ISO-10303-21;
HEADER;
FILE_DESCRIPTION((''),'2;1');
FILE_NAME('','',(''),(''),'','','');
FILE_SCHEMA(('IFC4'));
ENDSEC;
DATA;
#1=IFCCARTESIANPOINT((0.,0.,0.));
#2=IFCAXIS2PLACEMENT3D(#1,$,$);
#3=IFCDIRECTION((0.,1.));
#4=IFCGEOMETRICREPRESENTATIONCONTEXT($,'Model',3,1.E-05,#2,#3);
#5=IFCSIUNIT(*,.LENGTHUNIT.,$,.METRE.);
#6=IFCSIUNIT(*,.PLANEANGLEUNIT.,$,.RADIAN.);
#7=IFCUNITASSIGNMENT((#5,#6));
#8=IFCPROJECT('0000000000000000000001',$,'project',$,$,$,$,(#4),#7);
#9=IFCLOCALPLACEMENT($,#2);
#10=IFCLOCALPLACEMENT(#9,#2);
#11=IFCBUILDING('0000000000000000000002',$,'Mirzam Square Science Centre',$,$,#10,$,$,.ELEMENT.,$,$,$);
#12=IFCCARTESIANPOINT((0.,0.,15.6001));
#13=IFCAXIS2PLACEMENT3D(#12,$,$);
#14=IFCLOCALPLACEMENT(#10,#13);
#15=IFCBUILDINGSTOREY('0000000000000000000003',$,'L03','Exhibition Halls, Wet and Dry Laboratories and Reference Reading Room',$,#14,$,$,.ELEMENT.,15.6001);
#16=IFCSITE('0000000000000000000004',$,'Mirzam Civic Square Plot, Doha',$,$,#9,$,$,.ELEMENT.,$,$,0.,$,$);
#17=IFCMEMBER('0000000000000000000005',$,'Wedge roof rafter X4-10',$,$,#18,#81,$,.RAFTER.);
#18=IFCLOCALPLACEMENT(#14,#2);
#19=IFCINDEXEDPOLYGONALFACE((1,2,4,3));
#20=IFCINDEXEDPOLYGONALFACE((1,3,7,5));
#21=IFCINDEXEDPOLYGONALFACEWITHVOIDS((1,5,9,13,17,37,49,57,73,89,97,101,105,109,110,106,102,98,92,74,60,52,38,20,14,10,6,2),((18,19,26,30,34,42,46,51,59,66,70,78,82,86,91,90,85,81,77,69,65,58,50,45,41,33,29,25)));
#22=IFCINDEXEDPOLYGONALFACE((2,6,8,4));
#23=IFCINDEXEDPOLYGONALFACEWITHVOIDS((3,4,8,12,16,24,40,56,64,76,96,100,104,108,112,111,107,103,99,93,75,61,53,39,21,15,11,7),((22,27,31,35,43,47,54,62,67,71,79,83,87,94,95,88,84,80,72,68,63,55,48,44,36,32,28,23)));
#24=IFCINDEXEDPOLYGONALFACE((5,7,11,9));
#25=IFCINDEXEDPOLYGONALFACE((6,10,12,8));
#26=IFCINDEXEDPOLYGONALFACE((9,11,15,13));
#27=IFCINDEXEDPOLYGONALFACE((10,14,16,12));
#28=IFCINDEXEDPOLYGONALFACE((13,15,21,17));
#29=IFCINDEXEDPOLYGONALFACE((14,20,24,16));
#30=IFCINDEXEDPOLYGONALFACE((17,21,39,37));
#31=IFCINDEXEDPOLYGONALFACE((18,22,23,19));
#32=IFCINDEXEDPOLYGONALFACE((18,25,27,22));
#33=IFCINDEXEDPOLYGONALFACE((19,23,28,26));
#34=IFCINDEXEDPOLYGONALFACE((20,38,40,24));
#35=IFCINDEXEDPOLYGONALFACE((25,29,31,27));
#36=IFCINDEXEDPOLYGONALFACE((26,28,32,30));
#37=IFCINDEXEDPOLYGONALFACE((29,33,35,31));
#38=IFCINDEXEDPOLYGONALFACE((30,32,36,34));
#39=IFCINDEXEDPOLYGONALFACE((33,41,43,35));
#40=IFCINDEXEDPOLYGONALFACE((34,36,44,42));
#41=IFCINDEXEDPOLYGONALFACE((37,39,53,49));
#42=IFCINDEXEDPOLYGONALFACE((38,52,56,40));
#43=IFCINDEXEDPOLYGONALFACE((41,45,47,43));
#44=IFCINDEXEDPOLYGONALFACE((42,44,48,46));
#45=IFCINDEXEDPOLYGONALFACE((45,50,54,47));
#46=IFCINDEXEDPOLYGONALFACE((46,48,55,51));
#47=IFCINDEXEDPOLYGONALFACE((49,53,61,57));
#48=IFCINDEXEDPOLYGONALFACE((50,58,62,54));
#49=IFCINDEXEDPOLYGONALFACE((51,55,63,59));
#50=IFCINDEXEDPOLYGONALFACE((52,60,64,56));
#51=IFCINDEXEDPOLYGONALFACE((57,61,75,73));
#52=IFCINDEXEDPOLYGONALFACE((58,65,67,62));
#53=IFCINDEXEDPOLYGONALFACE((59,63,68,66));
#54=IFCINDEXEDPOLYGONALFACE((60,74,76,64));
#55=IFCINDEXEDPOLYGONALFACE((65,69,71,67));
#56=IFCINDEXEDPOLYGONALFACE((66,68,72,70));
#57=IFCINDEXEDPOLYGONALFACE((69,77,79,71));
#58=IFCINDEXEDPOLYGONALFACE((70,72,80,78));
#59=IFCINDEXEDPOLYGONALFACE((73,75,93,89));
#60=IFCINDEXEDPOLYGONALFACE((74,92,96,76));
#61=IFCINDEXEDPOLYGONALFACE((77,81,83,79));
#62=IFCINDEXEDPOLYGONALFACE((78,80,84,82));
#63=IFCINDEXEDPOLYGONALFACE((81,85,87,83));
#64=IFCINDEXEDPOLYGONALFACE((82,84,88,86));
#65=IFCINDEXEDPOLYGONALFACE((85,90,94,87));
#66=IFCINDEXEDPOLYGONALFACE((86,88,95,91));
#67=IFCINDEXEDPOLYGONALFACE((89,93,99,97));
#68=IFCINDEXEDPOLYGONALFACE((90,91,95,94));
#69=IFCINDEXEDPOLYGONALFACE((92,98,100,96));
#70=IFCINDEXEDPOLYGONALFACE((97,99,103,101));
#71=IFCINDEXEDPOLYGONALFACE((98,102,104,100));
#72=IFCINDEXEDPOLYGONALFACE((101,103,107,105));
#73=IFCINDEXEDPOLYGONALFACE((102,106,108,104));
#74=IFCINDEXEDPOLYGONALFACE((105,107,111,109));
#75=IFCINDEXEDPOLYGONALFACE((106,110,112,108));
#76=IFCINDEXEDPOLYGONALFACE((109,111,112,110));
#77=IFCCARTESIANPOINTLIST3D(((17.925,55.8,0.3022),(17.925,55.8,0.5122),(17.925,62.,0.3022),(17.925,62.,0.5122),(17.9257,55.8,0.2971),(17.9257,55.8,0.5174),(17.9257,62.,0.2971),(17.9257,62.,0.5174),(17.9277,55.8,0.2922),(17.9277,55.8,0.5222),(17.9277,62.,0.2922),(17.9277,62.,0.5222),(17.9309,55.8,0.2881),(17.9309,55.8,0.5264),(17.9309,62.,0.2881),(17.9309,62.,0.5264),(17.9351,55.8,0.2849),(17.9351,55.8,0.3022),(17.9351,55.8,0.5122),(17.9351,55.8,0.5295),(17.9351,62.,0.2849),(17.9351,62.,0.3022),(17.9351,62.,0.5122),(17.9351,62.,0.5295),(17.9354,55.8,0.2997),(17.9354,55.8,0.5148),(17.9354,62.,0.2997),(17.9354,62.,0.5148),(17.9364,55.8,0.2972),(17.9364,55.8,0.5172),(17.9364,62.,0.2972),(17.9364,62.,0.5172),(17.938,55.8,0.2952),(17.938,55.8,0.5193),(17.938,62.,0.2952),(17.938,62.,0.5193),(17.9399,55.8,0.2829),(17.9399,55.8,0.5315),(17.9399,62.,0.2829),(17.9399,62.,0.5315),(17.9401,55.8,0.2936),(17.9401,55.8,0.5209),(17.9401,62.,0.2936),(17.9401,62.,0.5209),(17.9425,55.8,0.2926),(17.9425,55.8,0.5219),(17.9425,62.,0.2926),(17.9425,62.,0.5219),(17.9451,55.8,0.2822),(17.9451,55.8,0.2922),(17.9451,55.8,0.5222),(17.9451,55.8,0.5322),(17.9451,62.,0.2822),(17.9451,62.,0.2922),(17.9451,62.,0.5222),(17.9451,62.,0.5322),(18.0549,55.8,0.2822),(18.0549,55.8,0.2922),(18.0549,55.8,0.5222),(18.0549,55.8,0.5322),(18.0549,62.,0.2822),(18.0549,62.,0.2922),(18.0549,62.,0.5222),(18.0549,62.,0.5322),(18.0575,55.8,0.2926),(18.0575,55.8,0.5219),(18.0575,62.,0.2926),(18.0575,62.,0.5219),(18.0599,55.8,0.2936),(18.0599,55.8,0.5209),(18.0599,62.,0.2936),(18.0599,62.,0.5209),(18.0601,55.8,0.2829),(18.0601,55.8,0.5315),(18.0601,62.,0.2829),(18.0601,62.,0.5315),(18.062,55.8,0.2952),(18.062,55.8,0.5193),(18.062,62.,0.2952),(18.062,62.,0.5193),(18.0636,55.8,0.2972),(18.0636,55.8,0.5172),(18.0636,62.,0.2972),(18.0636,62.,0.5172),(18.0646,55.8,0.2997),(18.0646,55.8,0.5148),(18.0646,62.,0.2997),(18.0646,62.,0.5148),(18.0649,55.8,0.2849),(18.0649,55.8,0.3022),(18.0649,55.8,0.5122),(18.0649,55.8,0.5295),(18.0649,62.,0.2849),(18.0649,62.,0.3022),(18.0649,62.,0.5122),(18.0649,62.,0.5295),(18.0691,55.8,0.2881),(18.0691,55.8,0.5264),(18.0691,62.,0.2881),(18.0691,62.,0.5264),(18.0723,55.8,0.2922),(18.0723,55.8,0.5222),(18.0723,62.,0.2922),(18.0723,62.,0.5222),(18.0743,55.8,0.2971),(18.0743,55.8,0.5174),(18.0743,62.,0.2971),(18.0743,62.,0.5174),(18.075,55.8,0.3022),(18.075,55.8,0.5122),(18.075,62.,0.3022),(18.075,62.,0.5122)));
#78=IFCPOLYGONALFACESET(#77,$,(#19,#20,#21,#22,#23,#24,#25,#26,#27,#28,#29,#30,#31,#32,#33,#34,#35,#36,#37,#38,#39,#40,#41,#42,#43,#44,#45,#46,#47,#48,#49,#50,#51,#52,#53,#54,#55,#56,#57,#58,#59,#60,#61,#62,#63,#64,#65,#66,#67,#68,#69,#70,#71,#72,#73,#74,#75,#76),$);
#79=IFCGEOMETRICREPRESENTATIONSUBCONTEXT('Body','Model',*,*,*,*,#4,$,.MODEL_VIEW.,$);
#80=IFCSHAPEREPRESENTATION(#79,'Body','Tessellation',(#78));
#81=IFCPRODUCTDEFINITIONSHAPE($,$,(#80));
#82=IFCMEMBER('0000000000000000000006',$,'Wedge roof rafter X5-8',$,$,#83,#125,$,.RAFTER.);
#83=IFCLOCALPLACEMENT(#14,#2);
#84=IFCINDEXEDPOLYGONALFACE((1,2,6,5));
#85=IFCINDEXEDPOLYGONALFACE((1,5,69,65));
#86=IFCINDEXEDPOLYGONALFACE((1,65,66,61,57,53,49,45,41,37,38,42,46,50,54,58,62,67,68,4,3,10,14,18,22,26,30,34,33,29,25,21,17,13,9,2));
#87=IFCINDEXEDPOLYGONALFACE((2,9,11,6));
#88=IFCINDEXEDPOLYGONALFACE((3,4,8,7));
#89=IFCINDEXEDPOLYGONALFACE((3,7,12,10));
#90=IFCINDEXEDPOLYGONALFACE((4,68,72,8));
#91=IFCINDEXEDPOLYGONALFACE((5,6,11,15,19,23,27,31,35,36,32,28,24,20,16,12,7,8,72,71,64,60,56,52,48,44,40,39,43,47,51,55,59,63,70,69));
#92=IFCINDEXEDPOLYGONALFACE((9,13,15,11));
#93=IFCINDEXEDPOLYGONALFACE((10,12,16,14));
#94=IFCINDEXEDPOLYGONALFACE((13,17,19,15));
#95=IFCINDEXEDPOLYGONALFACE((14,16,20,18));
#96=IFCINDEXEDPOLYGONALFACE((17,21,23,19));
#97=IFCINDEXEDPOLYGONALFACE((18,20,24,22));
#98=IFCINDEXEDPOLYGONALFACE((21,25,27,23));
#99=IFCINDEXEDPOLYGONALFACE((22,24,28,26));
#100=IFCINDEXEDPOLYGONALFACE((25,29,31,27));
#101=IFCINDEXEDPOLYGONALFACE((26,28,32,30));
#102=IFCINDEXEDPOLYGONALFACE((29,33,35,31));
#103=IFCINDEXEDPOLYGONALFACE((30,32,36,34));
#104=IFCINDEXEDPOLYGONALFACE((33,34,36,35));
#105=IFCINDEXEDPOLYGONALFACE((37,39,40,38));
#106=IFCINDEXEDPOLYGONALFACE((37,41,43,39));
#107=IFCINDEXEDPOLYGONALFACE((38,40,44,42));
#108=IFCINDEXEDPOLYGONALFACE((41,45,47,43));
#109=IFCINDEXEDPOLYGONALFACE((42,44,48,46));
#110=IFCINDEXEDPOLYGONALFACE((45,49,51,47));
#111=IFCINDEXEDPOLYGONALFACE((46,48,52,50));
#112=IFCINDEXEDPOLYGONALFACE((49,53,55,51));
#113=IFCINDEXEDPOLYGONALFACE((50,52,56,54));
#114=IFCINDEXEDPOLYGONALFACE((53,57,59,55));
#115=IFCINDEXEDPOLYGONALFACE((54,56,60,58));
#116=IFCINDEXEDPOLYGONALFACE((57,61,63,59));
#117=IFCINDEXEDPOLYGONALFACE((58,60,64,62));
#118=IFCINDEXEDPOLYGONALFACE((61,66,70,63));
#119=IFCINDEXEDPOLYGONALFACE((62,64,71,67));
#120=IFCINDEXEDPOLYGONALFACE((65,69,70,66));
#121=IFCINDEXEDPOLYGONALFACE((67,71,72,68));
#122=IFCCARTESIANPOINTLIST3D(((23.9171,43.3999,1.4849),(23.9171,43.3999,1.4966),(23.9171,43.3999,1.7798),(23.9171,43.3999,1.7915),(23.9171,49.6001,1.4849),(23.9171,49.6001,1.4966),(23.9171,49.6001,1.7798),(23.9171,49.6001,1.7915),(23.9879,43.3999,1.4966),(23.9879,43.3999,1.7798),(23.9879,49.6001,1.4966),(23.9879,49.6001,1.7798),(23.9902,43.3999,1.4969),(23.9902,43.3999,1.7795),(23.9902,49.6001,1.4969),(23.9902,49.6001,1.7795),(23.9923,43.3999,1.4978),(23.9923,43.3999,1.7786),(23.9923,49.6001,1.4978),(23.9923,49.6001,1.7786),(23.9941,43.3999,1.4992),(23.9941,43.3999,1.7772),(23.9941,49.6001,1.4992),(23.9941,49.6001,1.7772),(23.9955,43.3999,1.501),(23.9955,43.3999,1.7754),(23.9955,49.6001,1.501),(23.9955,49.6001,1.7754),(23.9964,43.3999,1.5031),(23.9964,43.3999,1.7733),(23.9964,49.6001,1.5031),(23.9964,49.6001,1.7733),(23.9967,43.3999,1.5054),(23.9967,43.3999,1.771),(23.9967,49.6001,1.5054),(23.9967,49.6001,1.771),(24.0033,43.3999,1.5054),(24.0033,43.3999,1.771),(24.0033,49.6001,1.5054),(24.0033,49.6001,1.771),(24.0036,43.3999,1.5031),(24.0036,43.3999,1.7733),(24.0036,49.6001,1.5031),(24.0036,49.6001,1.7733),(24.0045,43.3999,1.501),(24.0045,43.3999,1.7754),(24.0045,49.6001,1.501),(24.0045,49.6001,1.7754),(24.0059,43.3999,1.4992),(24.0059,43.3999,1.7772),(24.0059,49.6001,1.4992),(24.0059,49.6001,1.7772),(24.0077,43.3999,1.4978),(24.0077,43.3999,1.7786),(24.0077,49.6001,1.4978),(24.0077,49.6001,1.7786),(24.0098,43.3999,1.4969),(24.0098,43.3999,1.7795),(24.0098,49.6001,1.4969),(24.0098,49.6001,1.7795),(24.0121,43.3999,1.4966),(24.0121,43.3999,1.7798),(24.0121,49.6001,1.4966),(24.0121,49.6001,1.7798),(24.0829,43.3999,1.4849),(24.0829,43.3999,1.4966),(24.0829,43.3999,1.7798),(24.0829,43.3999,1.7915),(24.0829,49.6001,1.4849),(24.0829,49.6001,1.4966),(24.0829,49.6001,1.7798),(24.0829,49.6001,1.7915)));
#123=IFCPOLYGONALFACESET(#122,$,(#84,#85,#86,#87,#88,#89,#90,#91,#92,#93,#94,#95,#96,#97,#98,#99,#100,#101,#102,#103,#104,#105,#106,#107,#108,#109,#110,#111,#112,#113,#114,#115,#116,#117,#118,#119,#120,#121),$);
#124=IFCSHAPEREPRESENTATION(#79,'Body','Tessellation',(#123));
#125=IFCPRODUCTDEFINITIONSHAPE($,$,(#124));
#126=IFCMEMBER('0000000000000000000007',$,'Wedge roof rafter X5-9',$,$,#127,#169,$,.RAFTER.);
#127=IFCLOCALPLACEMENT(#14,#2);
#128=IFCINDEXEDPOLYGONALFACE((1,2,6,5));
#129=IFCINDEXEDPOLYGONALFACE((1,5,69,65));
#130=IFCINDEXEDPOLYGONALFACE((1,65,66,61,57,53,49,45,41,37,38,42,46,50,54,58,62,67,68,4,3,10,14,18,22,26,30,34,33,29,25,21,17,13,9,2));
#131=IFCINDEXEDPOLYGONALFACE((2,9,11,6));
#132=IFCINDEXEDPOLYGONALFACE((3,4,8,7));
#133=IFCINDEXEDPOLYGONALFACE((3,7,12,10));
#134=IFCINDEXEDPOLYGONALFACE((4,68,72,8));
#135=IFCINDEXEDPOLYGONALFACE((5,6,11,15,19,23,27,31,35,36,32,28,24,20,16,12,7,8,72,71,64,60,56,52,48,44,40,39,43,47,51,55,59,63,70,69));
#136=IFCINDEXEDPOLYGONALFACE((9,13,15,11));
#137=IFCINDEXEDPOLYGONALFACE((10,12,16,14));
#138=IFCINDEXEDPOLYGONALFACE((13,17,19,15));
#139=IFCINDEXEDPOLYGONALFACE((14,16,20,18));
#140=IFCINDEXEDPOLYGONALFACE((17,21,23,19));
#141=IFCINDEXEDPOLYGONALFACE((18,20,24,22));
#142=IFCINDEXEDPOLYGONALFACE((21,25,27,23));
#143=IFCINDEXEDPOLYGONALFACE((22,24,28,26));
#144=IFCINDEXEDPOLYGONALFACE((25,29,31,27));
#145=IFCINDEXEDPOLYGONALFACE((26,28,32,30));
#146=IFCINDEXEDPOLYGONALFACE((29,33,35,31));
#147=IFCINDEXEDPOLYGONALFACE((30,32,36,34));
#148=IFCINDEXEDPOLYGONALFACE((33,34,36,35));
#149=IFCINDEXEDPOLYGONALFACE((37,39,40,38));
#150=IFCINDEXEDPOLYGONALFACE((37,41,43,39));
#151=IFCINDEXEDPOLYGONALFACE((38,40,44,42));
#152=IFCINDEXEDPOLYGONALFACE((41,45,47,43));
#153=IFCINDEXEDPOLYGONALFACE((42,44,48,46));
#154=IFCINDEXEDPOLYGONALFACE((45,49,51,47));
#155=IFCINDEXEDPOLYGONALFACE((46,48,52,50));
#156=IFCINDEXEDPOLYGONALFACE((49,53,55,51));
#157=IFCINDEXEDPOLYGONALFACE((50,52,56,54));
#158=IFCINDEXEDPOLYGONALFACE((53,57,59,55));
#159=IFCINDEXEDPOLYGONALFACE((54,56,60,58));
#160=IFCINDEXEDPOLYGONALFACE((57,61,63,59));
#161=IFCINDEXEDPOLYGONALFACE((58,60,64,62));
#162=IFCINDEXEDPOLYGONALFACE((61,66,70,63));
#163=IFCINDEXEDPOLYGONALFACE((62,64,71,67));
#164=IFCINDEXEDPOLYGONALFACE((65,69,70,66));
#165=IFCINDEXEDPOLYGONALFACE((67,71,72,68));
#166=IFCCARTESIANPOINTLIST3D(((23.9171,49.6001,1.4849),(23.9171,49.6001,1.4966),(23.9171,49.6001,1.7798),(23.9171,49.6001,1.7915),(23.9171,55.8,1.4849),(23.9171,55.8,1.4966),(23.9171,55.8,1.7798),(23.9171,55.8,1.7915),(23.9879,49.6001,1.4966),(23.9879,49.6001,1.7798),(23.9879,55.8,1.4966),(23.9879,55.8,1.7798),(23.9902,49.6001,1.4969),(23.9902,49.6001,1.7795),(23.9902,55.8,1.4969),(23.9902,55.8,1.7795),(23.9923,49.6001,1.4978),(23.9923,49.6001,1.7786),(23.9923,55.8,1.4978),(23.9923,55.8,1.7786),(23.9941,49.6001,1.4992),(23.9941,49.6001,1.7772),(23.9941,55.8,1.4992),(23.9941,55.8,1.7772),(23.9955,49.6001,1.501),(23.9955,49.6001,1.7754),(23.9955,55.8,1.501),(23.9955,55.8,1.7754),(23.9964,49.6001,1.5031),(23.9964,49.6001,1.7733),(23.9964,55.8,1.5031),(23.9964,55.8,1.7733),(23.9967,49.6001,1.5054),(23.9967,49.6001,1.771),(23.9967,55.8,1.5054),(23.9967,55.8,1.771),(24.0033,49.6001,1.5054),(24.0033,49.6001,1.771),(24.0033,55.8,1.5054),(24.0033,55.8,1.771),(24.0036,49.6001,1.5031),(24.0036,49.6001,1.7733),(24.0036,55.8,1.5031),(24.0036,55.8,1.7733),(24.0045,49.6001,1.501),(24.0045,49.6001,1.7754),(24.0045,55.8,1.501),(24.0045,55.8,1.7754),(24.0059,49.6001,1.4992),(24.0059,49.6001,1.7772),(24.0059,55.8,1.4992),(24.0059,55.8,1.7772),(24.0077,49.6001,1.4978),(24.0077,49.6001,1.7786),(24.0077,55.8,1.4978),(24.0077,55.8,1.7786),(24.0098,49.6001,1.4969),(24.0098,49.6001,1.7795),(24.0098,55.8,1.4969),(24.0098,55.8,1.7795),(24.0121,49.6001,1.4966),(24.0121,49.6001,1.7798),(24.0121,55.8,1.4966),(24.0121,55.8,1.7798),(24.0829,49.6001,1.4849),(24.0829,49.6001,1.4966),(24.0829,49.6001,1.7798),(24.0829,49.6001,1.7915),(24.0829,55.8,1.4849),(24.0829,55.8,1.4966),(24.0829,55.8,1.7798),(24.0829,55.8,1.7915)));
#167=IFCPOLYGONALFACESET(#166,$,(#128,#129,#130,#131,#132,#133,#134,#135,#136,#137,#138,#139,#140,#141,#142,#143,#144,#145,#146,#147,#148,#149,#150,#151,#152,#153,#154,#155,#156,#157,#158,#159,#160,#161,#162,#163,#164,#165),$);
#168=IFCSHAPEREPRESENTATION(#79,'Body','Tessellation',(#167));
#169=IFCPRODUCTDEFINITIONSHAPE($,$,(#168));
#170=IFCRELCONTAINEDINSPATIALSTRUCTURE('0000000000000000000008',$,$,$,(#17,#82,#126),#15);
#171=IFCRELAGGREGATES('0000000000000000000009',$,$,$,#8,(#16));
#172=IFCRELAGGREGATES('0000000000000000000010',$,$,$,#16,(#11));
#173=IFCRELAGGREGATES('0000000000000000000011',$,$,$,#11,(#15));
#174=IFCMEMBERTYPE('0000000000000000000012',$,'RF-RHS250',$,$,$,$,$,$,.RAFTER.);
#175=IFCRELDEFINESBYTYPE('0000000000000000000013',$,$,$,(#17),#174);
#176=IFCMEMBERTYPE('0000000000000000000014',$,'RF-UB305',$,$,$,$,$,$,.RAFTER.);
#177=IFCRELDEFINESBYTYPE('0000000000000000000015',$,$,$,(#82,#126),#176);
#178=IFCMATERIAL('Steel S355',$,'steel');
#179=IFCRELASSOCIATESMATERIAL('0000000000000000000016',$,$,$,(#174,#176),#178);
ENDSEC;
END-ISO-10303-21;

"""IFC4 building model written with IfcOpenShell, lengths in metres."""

from ifc_helpers import new_model, si_unit, direction, frame, origin, origin_2d, place, context, subcontext, project, spatial, hollow_rectangle, i_section, extrude, material, material_profile, profile_set, type_object, element, save


model = new_model("IFC4")

# Units and contexts
model_context = context("Model", 3, precision=1e-05, world=origin(), true_north=direction((0.0, 1.0)))
body_context = subcontext(model_context, "Body", "Model", "MODEL_VIEW")
ifc_project = project(units=[si_unit("LENGTHUNIT", "METRE"), si_unit("PLANEANGLEUNIT", "RADIAN")], contexts=[model_context])

# Site, building, storey
site_placement = place(None, origin())
site = spatial("IfcSite", under=ifc_project, at=site_placement, Name="Mirzam Civic Square Plot, Doha", CompositionType="ELEMENT", RefElevation=0.0)
building_placement = place(site_placement, origin())
building = spatial("IfcBuilding", under=site, at=building_placement, Name="Mirzam Square Science Centre", CompositionType="ELEMENT")
storey_placement = place(building_placement, frame((0.0, 0.0, 15.6001)))
storey = spatial("IfcBuildingStorey", under=building, at=storey_placement, Name="L03", Description="Exhibition Halls, Wet and Dry Laboratories and Reference Reading Room", CompositionType="ELEMENT", Elevation=15.6001)

# Members
ifc_material = material(Name="Steel S355", Category="steel")
ifc_material_profile_1 = material_profile(ifc_material, hollow_rectangle(XDim=0.1499, YDim=0.25, WallThickness=0.01, InnerFilletRadius=0.01, OuterFilletRadius=0.02, at=origin_2d()), Name="250x150x10.0RHS")
ifc_profile_set_1 = profile_set([ifc_material_profile_1], Name="Steel S355")
member_type_1 = type_object("IfcMemberType", Name="RF-RHS250", PredefinedType="RAFTER", material=ifc_profile_set_1)
for number, where, z_axis, x_axis, name in (
    (1, (18.0, 55.8, 0.4072), (0.0, 1.0, 0.0), (-1.0, 0.0, 0.0), "Wedge roof rafter X4-10"),
):
    element("IfcMember", number, at=place(storey_placement, frame(where, z_axis=z_axis, x_axis=x_axis)), inside=storey, type_object=member_type_1, Name=name, PredefinedType="RAFTER", context=body_context, shape_type="SweptSolid", body=[
        extrude(hollow_rectangle(XDim=0.1499, YDim=0.25, WallThickness=0.01, InnerFilletRadius=0.01, OuterFilletRadius=0.02, at=origin_2d()), origin(), (0.0, 0.0, 1.0), 6.2),
    ])
ifc_material_profile_2 = material_profile(ifc_material, i_section(OverallWidth=0.1658, OverallDepth=0.3066, WebThickness=0.0066, FlangeThickness=0.0117, FilletRadius=0.0088, at=origin_2d()), Name="305x165x46UB")
ifc_profile_set_2 = profile_set([ifc_material_profile_2], Name="Steel S355")
member_type_2 = type_object("IfcMemberType", Name="RF-UB305", PredefinedType="RAFTER", material=ifc_profile_set_2)
member_1_placement = place(storey_placement, frame((24.0, 43.3999, 1.6382), z_axis=(0.0, 1.0, 0.0), x_axis=(-1.0, 0.0, 0.0)))
element("IfcMember", 2, at=member_1_placement, inside=storey, type_object=member_type_2, Name="Wedge roof rafter X5-8", PredefinedType="RAFTER", context=body_context, shape_type="SweptSolid", body=[
    extrude(i_section(OverallWidth=0.1658, OverallDepth=0.3066, WebThickness=0.0066, FlangeThickness=0.0117, FilletRadius=0.0088, at=origin_2d()), origin(), (0.0, 0.0, 1.0), 6.2002),
])
for number, where, z_axis, x_axis, name in (
    (3, (24.0, 49.6001, 1.6382), (0.0, 1.0, 0.0), (-1.0, 0.0, 0.0), "Wedge roof rafter X5-9"),
):
    element("IfcMember", number, at=place(storey_placement, frame(where, z_axis=z_axis, x_axis=x_axis)), inside=storey, type_object=member_type_2, Name=name, PredefinedType="RAFTER", context=body_context, shape_type="SweptSolid", body=[
        extrude(i_section(OverallWidth=0.1658, OverallDepth=0.3066, WebThickness=0.0066, FlangeThickness=0.0117, FilletRadius=0.0088, at=origin_2d()), origin(), (0.0, 0.0, 1.0), 6.2),
    ])

save(model, "model.ifc")
